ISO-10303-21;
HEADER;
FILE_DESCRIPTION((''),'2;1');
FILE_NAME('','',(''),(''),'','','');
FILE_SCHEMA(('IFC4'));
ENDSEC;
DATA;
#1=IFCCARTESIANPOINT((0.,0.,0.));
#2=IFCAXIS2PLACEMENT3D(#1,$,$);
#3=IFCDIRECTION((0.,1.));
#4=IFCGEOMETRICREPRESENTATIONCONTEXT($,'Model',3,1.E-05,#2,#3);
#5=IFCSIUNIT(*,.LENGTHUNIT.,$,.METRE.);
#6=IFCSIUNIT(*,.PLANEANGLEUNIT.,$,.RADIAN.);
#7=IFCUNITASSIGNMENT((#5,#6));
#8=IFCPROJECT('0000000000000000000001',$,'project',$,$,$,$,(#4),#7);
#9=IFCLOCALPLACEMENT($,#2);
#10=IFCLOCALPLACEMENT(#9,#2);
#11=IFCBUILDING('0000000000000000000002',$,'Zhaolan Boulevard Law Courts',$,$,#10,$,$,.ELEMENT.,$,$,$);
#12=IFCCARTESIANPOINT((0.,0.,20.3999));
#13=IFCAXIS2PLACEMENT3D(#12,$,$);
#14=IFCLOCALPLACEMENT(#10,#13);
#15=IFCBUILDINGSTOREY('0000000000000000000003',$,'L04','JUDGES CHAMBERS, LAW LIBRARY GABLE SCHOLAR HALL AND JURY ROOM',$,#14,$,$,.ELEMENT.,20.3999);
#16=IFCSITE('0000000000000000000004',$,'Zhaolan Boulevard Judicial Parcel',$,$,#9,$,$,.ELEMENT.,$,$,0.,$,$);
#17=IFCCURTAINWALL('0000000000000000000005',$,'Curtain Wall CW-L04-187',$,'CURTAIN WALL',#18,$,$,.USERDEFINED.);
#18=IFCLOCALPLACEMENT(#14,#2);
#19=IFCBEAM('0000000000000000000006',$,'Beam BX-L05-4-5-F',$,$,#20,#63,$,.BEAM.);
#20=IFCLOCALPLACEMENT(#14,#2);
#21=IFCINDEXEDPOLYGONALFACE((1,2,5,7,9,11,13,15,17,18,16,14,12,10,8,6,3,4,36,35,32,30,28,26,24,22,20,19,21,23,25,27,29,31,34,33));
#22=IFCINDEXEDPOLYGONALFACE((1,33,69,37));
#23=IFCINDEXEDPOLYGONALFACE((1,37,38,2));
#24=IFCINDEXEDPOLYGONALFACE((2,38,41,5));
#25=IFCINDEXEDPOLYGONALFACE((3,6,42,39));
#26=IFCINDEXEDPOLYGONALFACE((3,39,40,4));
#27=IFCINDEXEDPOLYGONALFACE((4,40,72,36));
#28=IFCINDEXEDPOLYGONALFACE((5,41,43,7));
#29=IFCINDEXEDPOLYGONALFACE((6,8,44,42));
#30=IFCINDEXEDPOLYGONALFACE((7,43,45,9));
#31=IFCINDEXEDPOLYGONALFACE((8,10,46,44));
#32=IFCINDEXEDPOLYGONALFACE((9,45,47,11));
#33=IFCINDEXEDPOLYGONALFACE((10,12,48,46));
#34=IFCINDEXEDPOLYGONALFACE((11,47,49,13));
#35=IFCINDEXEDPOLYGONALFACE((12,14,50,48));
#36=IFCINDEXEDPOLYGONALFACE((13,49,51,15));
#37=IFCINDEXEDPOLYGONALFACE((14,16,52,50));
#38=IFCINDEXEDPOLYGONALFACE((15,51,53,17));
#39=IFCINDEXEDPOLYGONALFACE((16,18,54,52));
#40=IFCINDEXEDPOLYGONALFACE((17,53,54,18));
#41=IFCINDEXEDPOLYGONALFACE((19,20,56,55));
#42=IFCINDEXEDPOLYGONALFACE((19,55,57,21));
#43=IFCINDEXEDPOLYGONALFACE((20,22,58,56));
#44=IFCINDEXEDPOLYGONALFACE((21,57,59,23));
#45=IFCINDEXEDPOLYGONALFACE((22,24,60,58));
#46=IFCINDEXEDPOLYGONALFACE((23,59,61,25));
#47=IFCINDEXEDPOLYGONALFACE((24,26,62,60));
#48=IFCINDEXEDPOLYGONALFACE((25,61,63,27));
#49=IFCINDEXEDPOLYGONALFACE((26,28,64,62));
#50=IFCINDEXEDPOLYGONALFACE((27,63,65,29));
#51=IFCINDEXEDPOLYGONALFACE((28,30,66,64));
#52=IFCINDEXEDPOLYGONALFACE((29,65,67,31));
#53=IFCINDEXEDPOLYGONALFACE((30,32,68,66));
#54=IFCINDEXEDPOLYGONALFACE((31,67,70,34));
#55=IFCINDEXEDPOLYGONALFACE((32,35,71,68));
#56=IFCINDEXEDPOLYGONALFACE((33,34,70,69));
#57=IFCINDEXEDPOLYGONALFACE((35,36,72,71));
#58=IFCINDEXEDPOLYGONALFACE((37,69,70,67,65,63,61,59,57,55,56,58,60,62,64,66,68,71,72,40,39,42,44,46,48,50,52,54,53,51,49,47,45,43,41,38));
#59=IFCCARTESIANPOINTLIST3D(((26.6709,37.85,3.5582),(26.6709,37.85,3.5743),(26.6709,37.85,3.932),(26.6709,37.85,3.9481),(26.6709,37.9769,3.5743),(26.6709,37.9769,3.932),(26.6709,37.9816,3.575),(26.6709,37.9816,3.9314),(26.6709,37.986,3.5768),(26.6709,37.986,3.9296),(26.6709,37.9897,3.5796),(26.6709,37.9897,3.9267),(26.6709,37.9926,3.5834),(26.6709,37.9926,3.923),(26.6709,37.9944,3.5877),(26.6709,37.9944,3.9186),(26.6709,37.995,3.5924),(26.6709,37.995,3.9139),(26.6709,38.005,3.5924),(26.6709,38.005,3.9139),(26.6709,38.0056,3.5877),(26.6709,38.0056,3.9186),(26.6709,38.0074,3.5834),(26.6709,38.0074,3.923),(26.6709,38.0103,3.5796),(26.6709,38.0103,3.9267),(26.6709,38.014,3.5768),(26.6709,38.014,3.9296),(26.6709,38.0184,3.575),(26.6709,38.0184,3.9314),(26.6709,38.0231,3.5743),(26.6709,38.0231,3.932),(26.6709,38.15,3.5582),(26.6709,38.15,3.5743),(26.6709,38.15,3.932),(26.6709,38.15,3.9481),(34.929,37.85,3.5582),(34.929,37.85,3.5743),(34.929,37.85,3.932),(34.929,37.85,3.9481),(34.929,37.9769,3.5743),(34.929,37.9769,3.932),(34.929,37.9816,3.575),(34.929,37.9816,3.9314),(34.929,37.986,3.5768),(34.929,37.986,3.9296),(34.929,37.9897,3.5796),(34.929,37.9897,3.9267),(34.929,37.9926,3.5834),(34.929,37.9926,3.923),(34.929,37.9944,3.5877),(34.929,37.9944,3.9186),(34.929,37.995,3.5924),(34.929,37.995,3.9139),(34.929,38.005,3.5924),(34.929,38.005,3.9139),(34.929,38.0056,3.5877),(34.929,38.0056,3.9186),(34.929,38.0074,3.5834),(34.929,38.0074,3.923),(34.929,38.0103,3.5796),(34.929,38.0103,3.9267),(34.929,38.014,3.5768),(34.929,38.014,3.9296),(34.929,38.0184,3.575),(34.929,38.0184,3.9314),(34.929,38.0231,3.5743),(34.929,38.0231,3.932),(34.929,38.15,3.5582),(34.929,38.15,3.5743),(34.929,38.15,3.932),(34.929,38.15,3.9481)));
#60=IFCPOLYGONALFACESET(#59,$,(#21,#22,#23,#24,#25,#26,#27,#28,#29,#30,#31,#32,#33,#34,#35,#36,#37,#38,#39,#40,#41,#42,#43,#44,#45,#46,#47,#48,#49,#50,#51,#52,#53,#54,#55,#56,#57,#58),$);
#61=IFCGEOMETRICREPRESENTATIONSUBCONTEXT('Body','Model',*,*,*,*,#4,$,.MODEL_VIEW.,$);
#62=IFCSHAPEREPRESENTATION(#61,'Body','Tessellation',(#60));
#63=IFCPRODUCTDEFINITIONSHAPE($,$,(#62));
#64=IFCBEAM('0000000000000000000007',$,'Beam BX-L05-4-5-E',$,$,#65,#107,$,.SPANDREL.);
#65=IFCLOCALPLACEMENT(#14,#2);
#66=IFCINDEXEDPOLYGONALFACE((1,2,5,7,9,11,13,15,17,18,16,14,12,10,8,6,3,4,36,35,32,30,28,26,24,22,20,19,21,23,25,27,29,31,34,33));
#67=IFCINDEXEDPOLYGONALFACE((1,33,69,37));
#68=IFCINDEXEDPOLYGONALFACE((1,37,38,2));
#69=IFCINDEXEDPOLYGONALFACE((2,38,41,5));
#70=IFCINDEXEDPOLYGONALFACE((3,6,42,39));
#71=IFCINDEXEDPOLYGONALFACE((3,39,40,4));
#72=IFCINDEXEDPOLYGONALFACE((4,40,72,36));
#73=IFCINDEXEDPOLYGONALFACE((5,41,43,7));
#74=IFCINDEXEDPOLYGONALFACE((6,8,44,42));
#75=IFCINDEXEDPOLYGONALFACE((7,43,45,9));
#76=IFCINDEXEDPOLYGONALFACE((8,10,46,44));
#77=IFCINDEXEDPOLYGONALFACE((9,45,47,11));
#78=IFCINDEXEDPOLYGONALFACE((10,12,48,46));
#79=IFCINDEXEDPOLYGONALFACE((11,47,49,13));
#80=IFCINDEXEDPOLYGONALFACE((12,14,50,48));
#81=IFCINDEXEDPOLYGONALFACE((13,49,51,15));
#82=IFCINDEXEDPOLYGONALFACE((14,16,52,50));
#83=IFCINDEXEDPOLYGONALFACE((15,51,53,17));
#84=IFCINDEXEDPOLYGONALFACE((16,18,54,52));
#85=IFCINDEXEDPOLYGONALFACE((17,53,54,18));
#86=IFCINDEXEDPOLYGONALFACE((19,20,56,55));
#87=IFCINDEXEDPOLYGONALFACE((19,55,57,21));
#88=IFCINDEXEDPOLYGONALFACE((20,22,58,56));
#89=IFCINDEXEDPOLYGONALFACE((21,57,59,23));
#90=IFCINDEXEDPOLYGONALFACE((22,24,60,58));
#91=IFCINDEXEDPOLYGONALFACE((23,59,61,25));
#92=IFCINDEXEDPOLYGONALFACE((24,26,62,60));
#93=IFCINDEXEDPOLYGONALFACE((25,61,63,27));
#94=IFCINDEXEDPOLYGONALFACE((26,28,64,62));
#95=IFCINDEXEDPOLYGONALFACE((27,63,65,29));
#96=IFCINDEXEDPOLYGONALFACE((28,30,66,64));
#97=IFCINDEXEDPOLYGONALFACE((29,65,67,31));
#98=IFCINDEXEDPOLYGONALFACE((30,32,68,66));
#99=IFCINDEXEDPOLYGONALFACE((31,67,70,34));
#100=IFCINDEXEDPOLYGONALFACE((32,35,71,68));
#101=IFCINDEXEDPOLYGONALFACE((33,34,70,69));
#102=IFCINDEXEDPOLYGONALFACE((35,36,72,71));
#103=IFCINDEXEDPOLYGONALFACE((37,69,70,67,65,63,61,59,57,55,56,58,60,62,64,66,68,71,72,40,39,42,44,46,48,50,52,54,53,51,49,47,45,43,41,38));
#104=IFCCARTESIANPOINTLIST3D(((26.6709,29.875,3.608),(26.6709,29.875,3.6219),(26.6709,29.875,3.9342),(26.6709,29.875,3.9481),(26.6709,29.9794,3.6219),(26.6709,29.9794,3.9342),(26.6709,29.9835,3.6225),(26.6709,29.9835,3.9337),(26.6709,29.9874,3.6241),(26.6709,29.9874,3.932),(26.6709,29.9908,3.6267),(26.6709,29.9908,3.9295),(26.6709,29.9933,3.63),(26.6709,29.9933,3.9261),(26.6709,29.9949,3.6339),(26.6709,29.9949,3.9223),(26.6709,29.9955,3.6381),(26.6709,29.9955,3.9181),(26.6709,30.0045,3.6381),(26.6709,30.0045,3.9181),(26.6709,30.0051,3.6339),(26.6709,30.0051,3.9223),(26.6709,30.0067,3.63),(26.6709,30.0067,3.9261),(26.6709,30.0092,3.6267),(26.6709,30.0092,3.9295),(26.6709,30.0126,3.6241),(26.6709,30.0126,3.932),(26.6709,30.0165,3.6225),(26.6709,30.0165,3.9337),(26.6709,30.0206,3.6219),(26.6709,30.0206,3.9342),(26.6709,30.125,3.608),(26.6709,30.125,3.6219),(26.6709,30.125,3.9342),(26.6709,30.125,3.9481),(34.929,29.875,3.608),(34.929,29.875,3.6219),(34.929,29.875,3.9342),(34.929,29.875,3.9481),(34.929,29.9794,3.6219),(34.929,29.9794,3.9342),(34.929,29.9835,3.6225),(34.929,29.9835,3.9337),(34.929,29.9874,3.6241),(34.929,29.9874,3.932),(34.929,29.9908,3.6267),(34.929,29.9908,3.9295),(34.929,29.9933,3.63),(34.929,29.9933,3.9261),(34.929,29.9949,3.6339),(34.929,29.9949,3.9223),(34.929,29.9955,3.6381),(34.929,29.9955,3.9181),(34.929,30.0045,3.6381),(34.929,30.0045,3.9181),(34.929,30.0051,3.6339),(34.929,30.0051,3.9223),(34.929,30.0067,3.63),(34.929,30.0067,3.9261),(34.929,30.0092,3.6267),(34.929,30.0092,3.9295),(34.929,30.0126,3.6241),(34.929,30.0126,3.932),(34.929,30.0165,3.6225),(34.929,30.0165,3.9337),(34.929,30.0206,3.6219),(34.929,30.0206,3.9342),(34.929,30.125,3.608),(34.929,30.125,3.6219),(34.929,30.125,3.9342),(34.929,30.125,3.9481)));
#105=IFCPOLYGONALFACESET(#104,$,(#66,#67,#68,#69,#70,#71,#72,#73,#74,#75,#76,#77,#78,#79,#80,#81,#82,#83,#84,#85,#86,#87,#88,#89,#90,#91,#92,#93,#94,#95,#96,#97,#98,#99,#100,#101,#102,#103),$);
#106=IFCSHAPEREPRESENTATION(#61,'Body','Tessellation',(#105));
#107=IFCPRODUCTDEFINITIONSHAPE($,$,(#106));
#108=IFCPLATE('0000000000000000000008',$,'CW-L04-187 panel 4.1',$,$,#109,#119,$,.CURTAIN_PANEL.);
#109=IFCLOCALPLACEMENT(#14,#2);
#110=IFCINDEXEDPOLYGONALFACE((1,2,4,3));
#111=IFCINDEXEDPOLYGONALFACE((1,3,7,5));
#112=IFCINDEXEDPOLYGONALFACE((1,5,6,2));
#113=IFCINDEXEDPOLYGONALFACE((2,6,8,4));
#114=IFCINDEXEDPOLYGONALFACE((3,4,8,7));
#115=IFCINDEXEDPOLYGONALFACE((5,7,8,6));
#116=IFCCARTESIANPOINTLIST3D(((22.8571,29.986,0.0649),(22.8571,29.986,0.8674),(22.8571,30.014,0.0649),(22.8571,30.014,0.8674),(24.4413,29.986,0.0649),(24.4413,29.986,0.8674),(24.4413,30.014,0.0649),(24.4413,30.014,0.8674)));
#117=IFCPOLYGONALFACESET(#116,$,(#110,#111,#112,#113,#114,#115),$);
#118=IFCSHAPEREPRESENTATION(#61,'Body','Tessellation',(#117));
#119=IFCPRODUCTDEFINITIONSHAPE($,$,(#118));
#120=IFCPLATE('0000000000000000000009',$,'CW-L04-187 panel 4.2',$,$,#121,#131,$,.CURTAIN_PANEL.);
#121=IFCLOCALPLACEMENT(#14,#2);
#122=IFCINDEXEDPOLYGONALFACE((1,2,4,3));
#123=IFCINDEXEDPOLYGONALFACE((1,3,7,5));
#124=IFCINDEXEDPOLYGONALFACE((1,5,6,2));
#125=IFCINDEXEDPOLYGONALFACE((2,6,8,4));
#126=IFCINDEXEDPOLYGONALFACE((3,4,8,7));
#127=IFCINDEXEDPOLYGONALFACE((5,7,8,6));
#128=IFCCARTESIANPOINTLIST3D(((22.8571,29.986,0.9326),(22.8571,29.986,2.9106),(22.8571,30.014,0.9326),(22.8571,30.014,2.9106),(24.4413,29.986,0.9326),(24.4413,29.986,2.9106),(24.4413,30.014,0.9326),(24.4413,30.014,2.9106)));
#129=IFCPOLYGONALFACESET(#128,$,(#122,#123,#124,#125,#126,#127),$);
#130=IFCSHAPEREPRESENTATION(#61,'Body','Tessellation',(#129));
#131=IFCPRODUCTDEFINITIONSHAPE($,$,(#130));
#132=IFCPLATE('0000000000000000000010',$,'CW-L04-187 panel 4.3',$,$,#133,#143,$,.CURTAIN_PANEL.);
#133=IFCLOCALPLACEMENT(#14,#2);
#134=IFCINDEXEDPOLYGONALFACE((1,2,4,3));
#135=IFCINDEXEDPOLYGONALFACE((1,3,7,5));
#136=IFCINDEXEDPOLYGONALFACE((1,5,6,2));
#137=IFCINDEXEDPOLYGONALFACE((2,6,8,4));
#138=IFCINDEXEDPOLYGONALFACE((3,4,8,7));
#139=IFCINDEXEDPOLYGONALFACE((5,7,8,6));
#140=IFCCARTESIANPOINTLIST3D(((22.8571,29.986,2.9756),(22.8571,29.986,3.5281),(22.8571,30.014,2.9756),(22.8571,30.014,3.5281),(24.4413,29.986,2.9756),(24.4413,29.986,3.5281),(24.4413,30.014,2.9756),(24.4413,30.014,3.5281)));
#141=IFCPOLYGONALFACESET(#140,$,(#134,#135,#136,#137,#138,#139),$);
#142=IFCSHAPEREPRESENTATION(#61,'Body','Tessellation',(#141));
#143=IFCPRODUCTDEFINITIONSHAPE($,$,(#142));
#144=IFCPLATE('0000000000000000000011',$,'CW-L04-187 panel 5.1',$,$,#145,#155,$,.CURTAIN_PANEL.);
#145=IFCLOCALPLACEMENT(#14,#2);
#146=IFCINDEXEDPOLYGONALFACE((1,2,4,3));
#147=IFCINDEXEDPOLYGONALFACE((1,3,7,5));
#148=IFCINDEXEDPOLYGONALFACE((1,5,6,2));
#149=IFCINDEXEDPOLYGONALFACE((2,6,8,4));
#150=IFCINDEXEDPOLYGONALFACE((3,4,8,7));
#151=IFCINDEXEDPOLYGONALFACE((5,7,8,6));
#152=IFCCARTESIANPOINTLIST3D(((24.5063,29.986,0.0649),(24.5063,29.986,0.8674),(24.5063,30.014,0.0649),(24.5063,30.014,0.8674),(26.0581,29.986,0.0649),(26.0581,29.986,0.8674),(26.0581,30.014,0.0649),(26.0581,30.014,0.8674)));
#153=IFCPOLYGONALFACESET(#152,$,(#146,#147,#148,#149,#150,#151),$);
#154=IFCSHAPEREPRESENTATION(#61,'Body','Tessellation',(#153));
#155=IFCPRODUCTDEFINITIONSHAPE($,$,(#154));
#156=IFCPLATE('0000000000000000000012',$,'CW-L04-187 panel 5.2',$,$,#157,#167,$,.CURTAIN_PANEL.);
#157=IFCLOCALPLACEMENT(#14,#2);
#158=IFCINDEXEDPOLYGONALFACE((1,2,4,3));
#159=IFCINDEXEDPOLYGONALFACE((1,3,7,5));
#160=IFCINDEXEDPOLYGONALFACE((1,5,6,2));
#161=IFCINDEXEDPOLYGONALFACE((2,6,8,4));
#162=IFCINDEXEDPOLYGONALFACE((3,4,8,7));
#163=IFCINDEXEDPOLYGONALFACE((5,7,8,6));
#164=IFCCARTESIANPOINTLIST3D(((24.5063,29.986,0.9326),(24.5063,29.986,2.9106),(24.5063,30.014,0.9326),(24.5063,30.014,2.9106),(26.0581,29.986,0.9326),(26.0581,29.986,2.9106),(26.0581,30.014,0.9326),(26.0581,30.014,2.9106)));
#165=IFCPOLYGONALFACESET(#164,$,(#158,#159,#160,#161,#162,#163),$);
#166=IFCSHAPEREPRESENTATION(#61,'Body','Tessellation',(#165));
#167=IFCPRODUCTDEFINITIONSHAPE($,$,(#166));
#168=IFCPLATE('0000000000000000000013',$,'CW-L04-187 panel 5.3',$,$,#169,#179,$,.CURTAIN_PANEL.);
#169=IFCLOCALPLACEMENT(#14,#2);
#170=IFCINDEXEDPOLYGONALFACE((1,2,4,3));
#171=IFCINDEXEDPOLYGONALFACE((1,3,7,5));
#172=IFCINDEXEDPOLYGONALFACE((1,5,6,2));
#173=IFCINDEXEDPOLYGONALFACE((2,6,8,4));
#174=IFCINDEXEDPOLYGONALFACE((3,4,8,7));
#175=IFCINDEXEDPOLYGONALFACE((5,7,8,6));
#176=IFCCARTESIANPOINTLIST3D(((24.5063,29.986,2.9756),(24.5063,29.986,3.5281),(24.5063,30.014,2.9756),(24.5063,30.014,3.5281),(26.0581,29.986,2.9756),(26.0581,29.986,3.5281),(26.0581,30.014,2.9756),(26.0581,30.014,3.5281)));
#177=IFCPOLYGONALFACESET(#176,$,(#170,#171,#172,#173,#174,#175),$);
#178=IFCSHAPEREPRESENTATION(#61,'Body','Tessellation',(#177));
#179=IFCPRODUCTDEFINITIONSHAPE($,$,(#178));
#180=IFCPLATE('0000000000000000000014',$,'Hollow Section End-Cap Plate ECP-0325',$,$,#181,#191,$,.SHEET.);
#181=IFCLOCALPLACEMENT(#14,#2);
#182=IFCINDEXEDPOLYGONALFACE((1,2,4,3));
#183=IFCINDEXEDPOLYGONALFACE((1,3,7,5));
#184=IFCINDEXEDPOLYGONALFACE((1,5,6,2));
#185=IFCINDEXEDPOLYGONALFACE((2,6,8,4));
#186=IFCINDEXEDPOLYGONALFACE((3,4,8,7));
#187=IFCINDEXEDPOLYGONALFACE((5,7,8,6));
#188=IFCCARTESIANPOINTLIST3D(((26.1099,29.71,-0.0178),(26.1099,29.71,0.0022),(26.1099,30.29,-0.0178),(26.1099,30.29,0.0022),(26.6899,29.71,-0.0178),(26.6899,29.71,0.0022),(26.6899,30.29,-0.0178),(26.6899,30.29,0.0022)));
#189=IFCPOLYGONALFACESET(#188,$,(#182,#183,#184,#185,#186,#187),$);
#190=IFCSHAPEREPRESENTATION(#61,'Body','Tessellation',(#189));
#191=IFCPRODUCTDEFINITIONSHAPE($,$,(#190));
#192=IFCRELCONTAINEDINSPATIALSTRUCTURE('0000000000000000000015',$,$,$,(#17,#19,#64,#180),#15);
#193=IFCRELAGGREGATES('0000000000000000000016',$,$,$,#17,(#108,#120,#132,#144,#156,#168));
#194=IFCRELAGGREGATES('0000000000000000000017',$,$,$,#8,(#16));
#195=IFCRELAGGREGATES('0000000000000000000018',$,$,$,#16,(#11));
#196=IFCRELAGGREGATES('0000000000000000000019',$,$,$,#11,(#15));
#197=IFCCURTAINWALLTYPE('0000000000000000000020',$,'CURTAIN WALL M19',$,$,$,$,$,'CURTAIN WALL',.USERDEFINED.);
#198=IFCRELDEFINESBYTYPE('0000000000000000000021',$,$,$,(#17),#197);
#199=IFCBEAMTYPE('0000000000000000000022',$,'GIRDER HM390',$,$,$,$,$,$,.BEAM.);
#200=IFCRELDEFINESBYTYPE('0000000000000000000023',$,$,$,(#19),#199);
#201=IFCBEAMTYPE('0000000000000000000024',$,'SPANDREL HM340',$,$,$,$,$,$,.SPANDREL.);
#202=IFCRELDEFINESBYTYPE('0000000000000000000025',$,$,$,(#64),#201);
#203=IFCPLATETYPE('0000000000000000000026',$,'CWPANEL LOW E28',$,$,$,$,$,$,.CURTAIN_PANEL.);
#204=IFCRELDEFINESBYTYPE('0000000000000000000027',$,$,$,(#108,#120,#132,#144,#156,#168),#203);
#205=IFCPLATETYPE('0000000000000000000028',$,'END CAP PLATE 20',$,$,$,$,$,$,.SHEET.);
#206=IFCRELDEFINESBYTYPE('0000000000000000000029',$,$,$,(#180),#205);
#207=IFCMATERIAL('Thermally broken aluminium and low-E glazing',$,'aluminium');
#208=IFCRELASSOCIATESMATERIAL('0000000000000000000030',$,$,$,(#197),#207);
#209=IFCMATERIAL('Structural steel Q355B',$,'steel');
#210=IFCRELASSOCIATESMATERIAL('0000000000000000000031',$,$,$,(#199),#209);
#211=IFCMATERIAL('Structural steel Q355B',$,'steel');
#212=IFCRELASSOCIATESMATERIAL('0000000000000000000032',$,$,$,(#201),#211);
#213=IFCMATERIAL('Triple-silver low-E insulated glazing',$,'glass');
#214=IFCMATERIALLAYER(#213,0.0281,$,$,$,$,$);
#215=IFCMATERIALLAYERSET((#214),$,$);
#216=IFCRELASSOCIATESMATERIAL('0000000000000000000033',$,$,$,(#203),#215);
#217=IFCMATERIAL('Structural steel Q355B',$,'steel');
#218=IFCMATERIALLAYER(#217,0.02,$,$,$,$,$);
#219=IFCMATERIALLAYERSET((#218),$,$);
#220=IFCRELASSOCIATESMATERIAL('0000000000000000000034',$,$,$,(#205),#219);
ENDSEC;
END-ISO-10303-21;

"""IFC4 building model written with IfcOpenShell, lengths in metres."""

from ifc_helpers import new_model, si_unit, direction, frame, origin, origin_2d, place, context, subcontext, project, spatial, rectangle, i_section, extrude, material, layer, layer_set, material_profile, profile_set, type_object, element, aggregate, save


model = new_model("IFC4")

# Units and contexts
model_context = context("Model", 3, precision=1e-05, world=origin(), true_north=direction((0.0, 1.0)))
body_context = subcontext(model_context, "Body", "Model", "MODEL_VIEW")
ifc_project = project(units=[si_unit("LENGTHUNIT", "METRE"), si_unit("PLANEANGLEUNIT", "RADIAN")], contexts=[model_context])

# Site, building, storey
site_placement = place(None, origin())
site = spatial("IfcSite", under=ifc_project, at=site_placement, Name="Zhaolan Boulevard Judicial Parcel", CompositionType="ELEMENT", RefElevation=0.0)
building_placement = place(site_placement, origin())
building = spatial("IfcBuilding", under=site, at=building_placement, Name="Zhaolan Boulevard Law Courts", CompositionType="ELEMENT")
storey_placement = place(building_placement, frame((0.0, 0.0, 20.3999)))
storey = spatial("IfcBuildingStorey", under=building, at=storey_placement, Name="L04", Description="JUDGES CHAMBERS, LAW LIBRARY GABLE SCHOLAR HALL AND JURY ROOM", CompositionType="ELEMENT", Elevation=20.3999)

# Curtain wall
ifc_material_1 = material(Name="Thermally broken aluminium and low-E glazing", Category="aluminium")
curtain_wall_type_1 = type_object("IfcCurtainWallType", Name="CURTAIN WALL M19", ElementType="CURTAIN WALL", PredefinedType="USERDEFINED", material=ifc_material_1)
curtain_wall_1_placement = place(storey_placement, origin())
curtain_wall_1 = element("IfcCurtainWall", 1, at=curtain_wall_1_placement, inside=storey, type_object=curtain_wall_type_1, Name="Curtain Wall CW-L04-187", ObjectType="CURTAIN WALL", PredefinedType="USERDEFINED")

# Beams
ifc_material_2 = material(Name="Structural steel Q355B", Category="steel")
ifc_material_profile_1 = material_profile(ifc_material_2, i_section(OverallWidth=0.3, OverallDepth=0.3899, WebThickness=0.01, FlangeThickness=0.0161, FilletRadius=0.0181, at=origin_2d()), Name="HM390x300")
ifc_profile_set_1 = profile_set([ifc_material_profile_1], Name="Structural steel Q355B")
beam_type_1 = type_object("IfcBeamType", Name="GIRDER HM390", PredefinedType="BEAM", material=ifc_profile_set_1)
beam_1_placement = place(storey_placement, frame((26.6709, 38.0, 3.7532), z_axis=(1.0, 0.0, 0.0), x_axis=(0.0, 1.0, 0.0)))
element("IfcBeam", 2, at=beam_1_placement, inside=storey, type_object=beam_type_1, Name="Beam BX-L05-4-5-F", PredefinedType="BEAM", context=body_context, shape_type="SweptSolid", body=[
    extrude(i_section(OverallWidth=0.3, OverallDepth=0.3899, WebThickness=0.01, FlangeThickness=0.0161, FilletRadius=0.0181, at=origin_2d()), origin(), (0.0, 0.0, 1.0), 8.2581),
])
ifc_material_3 = material(Name="Structural steel Q355B", Category="steel")
ifc_material_profile_2 = material_profile(ifc_material_3, i_section(OverallWidth=0.25, OverallDepth=0.3401, WebThickness=0.009, FlangeThickness=0.0139, FilletRadius=0.0161, at=origin_2d()), Name="HM340x250")
ifc_profile_set_2 = profile_set([ifc_material_profile_2], Name="Structural steel Q355B")
beam_type_2 = type_object("IfcBeamType", Name="SPANDREL HM340", PredefinedType="SPANDREL", material=ifc_profile_set_2)
beam_2_placement = place(storey_placement, frame((26.6709, 30.0, 3.7781), z_axis=(1.0, 0.0, 0.0), x_axis=(0.0, 1.0, 0.0)))
element("IfcBeam", 3, at=beam_2_placement, inside=storey, type_object=beam_type_2, Name="Beam BX-L05-4-5-E", PredefinedType="SPANDREL", context=body_context, shape_type="SweptSolid", body=[
    extrude(i_section(OverallWidth=0.25, OverallDepth=0.3401, WebThickness=0.009, FlangeThickness=0.0139, FilletRadius=0.0161, at=origin_2d()), origin(), (0.0, 0.0, 1.0), 8.2581),
])

# Plates
ifc_material_4 = material(Name="Triple-silver low-E insulated glazing", Category="glass")
ifc_layer_1 = layer(ifc_material_4, 0.0281)
ifc_layer_set_1 = layer_set([ifc_layer_1])
plate_type_1 = type_object("IfcPlateType", Name="CWPANEL LOW E28", PredefinedType="CURTAIN_PANEL", material=ifc_layer_set_1)
plate_1_placement = place(storey_placement, frame((23.6492, 30.0, 0.0649), z_axis=(0.0, 0.0, 1.0), x_axis=(1.0, 0.0, 0.0)))
plate_1 = element("IfcPlate", 4, at=plate_1_placement, type_object=plate_type_1, Name="CW-L04-187 panel 4.1", PredefinedType="CURTAIN_PANEL", context=body_context, shape_type="SweptSolid", body=[
    extrude(rectangle(XDim=1.5842, YDim=0.0281, at=origin_2d()), origin(), (0.0, 0.0, 1.0), 0.8025),
])
plate_2_placement = place(storey_placement, frame((23.6492, 30.0, 0.9326), z_axis=(0.0, 0.0, 1.0), x_axis=(1.0, 0.0, 0.0)))
plate_2 = element("IfcPlate", 5, at=plate_2_placement, type_object=plate_type_1, Name="CW-L04-187 panel 4.2", PredefinedType="CURTAIN_PANEL", context=body_context, shape_type="SweptSolid", body=[
    extrude(rectangle(XDim=1.5842, YDim=0.0281, at=origin_2d()), origin(), (0.0, 0.0, 1.0), 1.978),
])
plate_3_placement = place(storey_placement, frame((23.6492, 30.0, 2.9756), z_axis=(0.0, 0.0, 1.0), x_axis=(1.0, 0.0, 0.0)))
plate_3 = element("IfcPlate", 6, at=plate_3_placement, type_object=plate_type_1, Name="CW-L04-187 panel 4.3", PredefinedType="CURTAIN_PANEL", context=body_context, shape_type="SweptSolid", body=[
    extrude(rectangle(XDim=1.5842, YDim=0.0281, at=origin_2d()), origin(), (0.0, 0.0, 1.0), 0.5525),
])
plate_4_placement = place(storey_placement, frame((25.2822, 30.0, 0.0649), z_axis=(0.0, 0.0, 1.0), x_axis=(1.0, 0.0, 0.0)))
plate_4 = element("IfcPlate", 7, at=plate_4_placement, type_object=plate_type_1, Name="CW-L04-187 panel 5.1", PredefinedType="CURTAIN_PANEL", context=body_context, shape_type="SweptSolid", body=[
    extrude(rectangle(XDim=1.5518, YDim=0.0281, at=origin_2d()), origin(), (0.0, 0.0, 1.0), 0.8025),
])
plate_5_placement = place(storey_placement, frame((25.2822, 30.0, 0.9326), z_axis=(0.0, 0.0, 1.0), x_axis=(1.0, 0.0, 0.0)))
plate_5 = element("IfcPlate", 8, at=plate_5_placement, type_object=plate_type_1, Name="CW-L04-187 panel 5.2", PredefinedType="CURTAIN_PANEL", context=body_context, shape_type="SweptSolid", body=[
    extrude(rectangle(XDim=1.5518, YDim=0.0281, at=origin_2d()), origin(), (0.0, 0.0, 1.0), 1.978),
])
plate_6_placement = place(storey_placement, frame((25.2822, 30.0, 2.9756), z_axis=(0.0, 0.0, 1.0), x_axis=(1.0, 0.0, 0.0)))
plate_6 = element("IfcPlate", 9, at=plate_6_placement, type_object=plate_type_1, Name="CW-L04-187 panel 5.3", PredefinedType="CURTAIN_PANEL", context=body_context, shape_type="SweptSolid", body=[
    extrude(rectangle(XDim=1.5518, YDim=0.0281, at=origin_2d()), origin(), (0.0, 0.0, 1.0), 0.5525),
])
aggregate(curtain_wall_1, [plate_1, plate_2, plate_3, plate_4, plate_5, plate_6])

# Plate
ifc_material_5 = material(Name="Structural steel Q355B", Category="steel")
ifc_layer_2 = layer(ifc_material_5, 0.02)
ifc_layer_set_2 = layer_set([ifc_layer_2])
plate_type_2 = type_object("IfcPlateType", Name="END CAP PLATE 20", PredefinedType="SHEET", material=ifc_layer_set_2)
for number, where, z_axis, x_axis, name in (
    (10, (26.3999, 30.0, -0.0178), (0.0, 0.0, 1.0), (1.0, 0.0, 0.0), "Hollow Section End-Cap Plate ECP-0325"),
):
    element("IfcPlate", number, at=place(storey_placement, frame(where, z_axis=z_axis, x_axis=x_axis)), inside=storey, type_object=plate_type_2, Name=name, PredefinedType="SHEET", context=body_context, shape_type="SweptSolid", body=[
        extrude(rectangle(XDim=0.5801, YDim=0.5801, at=origin_2d()), origin(), (0.0, 0.0, 1.0), 0.02),
    ])

save(model, "model.ifc")
